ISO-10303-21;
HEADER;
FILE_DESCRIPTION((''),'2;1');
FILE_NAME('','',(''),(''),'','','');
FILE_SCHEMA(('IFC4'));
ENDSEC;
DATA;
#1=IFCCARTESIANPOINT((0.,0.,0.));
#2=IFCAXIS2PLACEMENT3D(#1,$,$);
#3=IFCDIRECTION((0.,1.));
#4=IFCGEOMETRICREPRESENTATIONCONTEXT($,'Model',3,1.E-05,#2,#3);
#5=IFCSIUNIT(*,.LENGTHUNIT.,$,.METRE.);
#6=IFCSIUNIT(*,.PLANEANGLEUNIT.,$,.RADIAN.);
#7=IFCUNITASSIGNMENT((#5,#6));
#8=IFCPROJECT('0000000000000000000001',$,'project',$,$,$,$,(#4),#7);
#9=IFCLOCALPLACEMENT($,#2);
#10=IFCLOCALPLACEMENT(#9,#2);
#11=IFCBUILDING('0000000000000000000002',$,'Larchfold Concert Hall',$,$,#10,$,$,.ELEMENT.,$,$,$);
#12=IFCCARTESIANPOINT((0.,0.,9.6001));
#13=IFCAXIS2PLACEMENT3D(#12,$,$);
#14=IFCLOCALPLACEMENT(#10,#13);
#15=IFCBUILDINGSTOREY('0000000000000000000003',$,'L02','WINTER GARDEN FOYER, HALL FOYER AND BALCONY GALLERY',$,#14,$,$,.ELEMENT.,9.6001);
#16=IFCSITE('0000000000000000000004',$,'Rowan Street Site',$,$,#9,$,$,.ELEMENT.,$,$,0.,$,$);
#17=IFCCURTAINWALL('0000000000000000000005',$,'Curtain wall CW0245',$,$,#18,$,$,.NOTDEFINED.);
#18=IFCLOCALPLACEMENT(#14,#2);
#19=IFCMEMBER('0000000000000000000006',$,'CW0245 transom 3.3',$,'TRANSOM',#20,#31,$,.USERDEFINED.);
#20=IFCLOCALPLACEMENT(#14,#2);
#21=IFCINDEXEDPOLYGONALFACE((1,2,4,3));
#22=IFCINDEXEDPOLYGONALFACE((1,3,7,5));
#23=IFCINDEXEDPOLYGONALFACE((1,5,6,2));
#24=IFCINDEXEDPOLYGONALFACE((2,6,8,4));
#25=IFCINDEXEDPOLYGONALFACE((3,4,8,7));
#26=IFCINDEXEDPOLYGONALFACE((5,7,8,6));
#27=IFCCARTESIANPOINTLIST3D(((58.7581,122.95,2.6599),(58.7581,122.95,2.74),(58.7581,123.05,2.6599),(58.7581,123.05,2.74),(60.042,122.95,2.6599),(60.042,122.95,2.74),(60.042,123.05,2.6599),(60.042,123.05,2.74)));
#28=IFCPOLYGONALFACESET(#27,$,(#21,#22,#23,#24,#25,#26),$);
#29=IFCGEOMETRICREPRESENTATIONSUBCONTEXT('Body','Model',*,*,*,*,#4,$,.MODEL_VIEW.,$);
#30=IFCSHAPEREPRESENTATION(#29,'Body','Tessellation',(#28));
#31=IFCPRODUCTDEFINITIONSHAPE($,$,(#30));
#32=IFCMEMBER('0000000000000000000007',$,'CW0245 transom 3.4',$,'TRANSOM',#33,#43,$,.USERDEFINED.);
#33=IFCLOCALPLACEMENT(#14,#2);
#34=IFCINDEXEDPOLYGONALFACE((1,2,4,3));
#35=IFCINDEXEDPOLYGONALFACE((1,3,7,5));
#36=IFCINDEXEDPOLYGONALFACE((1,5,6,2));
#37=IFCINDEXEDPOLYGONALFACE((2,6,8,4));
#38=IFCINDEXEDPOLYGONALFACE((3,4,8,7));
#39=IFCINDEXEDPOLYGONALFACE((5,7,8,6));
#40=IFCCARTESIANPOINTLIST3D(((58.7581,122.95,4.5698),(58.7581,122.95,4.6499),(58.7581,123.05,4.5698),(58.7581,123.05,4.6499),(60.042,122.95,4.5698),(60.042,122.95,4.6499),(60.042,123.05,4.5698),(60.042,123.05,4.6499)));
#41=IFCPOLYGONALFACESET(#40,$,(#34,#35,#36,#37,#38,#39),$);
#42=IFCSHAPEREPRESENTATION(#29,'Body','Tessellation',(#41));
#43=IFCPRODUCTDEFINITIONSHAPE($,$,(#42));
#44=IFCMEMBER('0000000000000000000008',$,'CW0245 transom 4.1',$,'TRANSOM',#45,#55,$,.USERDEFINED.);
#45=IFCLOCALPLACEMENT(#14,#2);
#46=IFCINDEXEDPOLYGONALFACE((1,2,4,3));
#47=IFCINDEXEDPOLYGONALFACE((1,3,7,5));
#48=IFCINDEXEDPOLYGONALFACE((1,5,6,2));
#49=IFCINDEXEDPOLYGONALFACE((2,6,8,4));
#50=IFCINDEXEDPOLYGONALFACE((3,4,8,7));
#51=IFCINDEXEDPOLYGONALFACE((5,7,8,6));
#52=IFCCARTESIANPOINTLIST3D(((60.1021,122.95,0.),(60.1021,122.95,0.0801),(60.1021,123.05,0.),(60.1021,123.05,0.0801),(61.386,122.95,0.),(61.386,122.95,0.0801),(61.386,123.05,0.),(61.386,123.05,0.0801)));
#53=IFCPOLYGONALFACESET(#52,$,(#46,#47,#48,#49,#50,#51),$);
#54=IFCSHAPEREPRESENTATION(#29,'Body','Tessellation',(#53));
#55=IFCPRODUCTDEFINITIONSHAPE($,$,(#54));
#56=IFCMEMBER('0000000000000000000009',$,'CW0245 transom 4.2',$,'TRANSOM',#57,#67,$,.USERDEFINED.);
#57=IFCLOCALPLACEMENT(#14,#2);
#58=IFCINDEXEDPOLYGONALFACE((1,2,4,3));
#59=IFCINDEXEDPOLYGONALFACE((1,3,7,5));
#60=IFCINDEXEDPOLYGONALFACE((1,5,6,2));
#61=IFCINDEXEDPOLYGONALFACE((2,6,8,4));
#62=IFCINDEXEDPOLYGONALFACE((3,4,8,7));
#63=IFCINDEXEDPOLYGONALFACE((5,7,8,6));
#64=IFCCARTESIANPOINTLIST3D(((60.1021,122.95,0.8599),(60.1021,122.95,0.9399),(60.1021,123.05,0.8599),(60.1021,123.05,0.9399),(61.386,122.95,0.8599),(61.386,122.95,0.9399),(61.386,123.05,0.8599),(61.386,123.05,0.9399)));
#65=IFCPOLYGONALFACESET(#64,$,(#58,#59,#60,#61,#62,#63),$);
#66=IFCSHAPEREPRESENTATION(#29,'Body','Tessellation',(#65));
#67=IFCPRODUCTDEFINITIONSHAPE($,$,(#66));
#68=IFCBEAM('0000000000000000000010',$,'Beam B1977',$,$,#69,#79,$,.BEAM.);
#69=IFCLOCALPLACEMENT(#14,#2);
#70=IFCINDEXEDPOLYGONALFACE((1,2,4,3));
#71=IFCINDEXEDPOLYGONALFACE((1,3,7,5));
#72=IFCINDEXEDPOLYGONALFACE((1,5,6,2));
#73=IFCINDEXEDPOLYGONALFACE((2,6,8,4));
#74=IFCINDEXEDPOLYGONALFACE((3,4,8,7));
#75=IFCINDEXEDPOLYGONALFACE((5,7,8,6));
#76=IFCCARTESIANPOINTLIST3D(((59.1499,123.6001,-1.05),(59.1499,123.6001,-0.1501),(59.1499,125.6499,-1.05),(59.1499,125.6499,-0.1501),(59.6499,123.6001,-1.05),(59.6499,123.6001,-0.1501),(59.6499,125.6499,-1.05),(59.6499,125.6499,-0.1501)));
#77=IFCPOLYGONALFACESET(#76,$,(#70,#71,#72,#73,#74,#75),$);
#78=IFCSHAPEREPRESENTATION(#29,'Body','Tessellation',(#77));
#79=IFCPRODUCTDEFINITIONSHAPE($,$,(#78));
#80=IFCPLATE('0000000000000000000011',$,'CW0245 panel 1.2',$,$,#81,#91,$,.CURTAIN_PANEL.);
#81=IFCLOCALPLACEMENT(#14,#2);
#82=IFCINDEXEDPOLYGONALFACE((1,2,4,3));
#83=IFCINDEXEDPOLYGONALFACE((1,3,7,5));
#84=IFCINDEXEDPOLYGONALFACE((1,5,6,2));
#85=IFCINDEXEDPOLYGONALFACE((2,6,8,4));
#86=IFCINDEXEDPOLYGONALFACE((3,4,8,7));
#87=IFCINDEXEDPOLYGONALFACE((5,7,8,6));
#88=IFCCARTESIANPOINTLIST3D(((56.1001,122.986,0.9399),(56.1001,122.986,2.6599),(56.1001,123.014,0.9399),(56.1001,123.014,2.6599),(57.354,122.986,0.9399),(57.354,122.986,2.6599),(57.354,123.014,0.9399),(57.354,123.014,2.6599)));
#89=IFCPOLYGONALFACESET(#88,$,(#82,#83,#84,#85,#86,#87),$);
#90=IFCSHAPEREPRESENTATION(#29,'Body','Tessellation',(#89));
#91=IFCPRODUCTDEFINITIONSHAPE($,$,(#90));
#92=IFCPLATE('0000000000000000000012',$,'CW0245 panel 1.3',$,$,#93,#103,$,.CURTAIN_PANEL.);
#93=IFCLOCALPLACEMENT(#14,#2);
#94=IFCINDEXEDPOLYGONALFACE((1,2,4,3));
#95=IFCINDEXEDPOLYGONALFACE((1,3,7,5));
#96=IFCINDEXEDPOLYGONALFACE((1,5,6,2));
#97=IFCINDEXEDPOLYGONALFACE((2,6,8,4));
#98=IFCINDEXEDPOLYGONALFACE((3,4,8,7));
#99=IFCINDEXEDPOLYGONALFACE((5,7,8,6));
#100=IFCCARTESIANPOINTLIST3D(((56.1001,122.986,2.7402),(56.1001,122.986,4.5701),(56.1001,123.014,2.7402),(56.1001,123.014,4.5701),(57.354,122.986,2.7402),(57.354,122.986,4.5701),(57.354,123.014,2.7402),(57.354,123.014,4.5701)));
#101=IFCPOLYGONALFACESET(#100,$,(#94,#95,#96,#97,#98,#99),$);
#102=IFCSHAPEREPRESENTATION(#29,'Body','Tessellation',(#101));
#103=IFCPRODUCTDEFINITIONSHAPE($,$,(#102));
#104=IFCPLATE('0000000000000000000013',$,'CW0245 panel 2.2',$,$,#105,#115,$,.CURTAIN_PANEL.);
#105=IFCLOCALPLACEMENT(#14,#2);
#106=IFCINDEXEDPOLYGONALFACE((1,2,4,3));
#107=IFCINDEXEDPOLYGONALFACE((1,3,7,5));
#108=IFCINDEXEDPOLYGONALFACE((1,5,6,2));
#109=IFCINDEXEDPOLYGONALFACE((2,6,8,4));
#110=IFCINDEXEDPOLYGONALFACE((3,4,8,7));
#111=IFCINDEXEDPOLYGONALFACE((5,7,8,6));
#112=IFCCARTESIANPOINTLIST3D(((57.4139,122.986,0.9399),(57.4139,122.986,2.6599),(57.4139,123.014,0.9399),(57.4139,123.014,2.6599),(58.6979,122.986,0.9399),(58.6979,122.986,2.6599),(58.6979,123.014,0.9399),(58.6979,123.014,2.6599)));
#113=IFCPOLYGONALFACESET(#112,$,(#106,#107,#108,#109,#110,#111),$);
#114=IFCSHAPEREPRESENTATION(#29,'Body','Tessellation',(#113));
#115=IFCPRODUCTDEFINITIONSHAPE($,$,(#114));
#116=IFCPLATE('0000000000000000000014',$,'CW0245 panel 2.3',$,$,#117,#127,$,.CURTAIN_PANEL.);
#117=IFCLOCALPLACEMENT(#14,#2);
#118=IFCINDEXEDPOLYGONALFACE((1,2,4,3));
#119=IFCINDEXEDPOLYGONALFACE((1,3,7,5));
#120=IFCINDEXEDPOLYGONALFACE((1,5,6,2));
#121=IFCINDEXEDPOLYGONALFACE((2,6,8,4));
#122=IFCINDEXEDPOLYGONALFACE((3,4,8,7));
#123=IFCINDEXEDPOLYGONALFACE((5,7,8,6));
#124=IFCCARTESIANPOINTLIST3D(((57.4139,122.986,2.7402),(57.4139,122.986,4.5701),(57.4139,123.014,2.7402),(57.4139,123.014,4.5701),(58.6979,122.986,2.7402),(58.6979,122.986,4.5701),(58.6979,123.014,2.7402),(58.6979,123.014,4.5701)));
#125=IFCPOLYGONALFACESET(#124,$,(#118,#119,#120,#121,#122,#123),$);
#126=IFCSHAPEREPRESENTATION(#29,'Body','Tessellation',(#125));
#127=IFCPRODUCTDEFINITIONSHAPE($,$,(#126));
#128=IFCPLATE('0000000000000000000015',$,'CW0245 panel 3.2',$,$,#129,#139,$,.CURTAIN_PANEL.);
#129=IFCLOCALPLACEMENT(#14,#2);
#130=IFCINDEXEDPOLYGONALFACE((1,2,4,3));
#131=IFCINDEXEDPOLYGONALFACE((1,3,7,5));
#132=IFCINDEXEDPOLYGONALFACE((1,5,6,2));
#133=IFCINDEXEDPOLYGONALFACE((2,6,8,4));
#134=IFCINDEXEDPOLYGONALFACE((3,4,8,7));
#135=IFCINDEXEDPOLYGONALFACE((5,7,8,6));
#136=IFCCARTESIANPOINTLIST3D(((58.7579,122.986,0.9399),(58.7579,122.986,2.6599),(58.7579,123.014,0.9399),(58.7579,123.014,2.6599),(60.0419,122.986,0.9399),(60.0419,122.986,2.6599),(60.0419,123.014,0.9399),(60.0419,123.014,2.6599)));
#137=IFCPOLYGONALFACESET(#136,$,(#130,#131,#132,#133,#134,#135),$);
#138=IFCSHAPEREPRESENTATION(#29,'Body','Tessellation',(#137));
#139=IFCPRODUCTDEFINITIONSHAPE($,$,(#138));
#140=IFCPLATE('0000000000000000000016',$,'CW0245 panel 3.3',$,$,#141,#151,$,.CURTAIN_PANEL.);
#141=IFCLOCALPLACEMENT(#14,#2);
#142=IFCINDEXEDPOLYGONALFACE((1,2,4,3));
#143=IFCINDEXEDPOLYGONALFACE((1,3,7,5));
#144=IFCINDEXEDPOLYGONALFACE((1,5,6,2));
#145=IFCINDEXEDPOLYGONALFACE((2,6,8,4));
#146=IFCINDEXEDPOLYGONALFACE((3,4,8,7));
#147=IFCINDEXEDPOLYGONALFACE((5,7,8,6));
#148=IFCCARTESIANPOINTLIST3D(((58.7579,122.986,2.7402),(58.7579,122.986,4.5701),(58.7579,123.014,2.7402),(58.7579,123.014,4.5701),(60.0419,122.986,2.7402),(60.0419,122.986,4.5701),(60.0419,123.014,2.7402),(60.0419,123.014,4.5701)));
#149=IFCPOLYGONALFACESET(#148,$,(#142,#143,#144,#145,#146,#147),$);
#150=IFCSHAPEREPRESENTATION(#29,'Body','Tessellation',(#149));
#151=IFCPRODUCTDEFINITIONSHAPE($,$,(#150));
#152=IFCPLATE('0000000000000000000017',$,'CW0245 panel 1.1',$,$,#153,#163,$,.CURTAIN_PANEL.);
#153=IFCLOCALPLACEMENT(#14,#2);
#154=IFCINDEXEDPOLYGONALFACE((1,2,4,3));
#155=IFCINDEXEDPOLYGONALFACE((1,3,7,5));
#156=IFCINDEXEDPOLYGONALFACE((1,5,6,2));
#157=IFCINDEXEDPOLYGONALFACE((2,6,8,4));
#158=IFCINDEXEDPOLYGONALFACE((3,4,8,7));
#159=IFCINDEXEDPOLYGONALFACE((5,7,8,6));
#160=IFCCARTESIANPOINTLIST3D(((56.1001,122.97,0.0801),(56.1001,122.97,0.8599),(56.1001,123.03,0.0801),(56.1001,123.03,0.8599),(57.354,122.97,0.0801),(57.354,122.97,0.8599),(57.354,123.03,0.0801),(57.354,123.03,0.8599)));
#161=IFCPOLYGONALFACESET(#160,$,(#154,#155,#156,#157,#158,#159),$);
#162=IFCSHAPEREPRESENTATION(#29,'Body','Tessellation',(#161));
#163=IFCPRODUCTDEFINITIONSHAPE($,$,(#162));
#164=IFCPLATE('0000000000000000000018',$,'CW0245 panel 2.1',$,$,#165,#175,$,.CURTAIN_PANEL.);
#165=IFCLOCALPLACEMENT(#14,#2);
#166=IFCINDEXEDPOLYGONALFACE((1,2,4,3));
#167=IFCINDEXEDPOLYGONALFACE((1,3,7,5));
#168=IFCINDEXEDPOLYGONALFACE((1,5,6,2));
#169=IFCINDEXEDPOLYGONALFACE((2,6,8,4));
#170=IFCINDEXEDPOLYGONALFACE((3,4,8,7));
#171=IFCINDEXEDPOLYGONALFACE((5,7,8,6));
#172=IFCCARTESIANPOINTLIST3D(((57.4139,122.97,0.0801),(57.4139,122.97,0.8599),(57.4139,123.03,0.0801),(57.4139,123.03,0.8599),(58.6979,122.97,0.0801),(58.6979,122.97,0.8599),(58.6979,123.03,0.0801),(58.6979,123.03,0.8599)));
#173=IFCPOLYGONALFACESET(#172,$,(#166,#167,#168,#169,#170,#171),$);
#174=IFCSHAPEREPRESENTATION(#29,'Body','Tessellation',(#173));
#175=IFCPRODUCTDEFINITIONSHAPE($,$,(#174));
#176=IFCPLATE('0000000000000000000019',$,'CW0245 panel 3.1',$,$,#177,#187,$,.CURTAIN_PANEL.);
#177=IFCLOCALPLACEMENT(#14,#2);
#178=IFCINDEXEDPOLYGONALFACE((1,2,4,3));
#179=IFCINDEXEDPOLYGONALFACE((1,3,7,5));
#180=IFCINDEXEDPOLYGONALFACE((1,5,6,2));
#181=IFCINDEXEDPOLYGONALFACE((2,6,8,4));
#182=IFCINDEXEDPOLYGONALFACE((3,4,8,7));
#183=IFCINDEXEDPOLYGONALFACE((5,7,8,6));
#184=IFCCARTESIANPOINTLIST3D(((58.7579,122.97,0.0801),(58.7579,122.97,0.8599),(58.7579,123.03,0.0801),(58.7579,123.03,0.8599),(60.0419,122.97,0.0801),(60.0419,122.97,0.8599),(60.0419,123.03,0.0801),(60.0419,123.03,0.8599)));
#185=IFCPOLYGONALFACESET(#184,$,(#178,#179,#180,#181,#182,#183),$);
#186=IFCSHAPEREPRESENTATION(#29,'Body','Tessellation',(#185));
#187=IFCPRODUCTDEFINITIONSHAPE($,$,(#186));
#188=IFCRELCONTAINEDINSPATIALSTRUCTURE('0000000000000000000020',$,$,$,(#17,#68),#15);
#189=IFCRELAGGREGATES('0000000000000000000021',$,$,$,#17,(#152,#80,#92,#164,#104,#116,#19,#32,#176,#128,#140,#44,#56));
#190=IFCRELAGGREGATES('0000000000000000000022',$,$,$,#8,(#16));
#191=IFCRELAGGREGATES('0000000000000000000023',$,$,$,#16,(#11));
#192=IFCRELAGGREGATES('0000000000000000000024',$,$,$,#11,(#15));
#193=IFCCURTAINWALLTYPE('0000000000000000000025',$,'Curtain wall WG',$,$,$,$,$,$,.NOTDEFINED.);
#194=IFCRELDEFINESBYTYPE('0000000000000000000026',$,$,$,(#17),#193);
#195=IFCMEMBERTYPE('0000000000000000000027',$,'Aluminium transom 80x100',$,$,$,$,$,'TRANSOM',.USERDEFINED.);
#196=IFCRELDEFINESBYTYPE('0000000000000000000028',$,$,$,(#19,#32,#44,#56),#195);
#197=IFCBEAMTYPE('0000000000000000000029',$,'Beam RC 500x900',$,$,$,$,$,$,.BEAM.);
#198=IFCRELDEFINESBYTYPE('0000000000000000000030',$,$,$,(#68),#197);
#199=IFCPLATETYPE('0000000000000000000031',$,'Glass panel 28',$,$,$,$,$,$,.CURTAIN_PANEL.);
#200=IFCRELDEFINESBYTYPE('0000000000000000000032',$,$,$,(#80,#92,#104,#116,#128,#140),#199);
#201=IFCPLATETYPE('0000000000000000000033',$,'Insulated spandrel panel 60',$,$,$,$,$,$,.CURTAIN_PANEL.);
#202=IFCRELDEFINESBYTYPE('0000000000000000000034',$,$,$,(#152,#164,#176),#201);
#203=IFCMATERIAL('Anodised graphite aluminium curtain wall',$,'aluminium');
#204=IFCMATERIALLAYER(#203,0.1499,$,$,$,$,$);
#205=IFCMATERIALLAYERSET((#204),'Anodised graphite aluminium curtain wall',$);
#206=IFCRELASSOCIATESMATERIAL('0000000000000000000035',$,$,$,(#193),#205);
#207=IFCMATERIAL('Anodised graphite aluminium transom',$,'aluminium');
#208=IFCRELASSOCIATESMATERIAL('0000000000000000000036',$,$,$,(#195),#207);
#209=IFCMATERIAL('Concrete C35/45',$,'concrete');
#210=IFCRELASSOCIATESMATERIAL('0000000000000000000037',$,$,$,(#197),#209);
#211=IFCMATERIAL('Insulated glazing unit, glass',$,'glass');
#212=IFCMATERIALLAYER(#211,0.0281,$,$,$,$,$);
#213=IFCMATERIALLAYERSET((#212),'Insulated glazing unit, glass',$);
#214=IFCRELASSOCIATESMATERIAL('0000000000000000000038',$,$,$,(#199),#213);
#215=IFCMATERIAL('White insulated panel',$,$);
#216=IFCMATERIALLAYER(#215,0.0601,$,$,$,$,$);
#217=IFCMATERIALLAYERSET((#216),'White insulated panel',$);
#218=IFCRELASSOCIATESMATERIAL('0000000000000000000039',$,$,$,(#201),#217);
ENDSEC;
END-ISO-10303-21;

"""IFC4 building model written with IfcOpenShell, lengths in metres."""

from ifc_helpers import new_model, si_unit, direction, frame, origin, origin_2d, place, context, subcontext, project, spatial, rectangle, extrude, material, layer, layer_set, material_profile, profile_set, type_object, element, aggregate, save


model = new_model("IFC4")

# Units and contexts
model_context = context("Model", 3, precision=1e-05, world=origin(), true_north=direction((0.0, 1.0)))
body_context = subcontext(model_context, "Body", "Model", "MODEL_VIEW")
ifc_project = project(units=[si_unit("LENGTHUNIT", "METRE"), si_unit("PLANEANGLEUNIT", "RADIAN")], contexts=[model_context])

# Site, building, storey
site_placement = place(None, origin())
site = spatial("IfcSite", under=ifc_project, at=site_placement, Name="Rowan Street Site", CompositionType="ELEMENT", RefElevation=0.0)
building_placement = place(site_placement, origin())
building = spatial("IfcBuilding", under=site, at=building_placement, Name="Larchfold Concert Hall", CompositionType="ELEMENT")
storey_placement = place(building_placement, frame((0.0, 0.0, 9.6001)))
storey = spatial("IfcBuildingStorey", under=building, at=storey_placement, Name="L02", Description="WINTER GARDEN FOYER, HALL FOYER AND BALCONY GALLERY", CompositionType="ELEMENT", Elevation=9.6001)

# Shared definitions
ifc_material_1 = material(Name="Anodised graphite aluminium curtain wall", Category="aluminium")
ifc_layer_1 = layer(ifc_material_1, 0.1499)
ifc_layer_set_1 = layer_set([ifc_layer_1], Name="Anodised graphite aluminium curtain wall")
curtain_wall_type = type_object("IfcCurtainWallType", Name="Curtain wall WG", PredefinedType="NOTDEFINED", material=ifc_layer_set_1)

# Curtain wall, members
curtain_wall_1_placement = place(storey_placement, origin())
curtain_wall_1 = element("IfcCurtainWall", 1, at=curtain_wall_1_placement, inside=storey, type_object=curtain_wall_type, Name="Curtain wall CW0245", PredefinedType="NOTDEFINED")
ifc_material_2 = material(Name="Anodised graphite aluminium transom", Category="aluminium")
ifc_material_profile_1 = material_profile(ifc_material_2, rectangle(XDim=0.1001, YDim=0.0801, at=origin_2d()))
ifc_profile_set_1 = profile_set([ifc_material_profile_1], Name="Anodised graphite aluminium transom")
member_type_1 = type_object("IfcMemberType", Name="Aluminium transom 80x100", ElementType="TRANSOM", PredefinedType="USERDEFINED", material=ifc_profile_set_1)
member_1_placement = place(storey_placement, frame((58.7581, 123.0, 2.7), z_axis=(1.0, 0.0, 0.0), x_axis=(0.0, 1.0, 0.0)))
member_1 = element("IfcMember", 2, at=member_1_placement, type_object=member_type_1, Name="CW0245 transom 3.3", ObjectType="TRANSOM", PredefinedType="USERDEFINED", context=body_context, shape_type="SweptSolid", body=[
    extrude(rectangle(XDim=0.1001, YDim=0.0801, at=origin_2d()), origin(), (0.0, 0.0, 1.0), 1.2839),
])
member_2_placement = place(storey_placement, frame((58.7581, 123.0, 4.6099), z_axis=(1.0, 0.0, 0.0), x_axis=(0.0, 1.0, 0.0)))
member_2 = element("IfcMember", 3, at=member_2_placement, type_object=member_type_1, Name="CW0245 transom 3.4", ObjectType="TRANSOM", PredefinedType="USERDEFINED", context=body_context, shape_type="SweptSolid", body=[
    extrude(rectangle(XDim=0.1001, YDim=0.0801, at=origin_2d()), origin(), (0.0, 0.0, 1.0), 1.2839),
])
member_3_placement = place(storey_placement, frame((60.1021, 123.0, 0.04), z_axis=(1.0, 0.0, 0.0), x_axis=(0.0, 1.0, 0.0)))
member_3 = element("IfcMember", 4, at=member_3_placement, type_object=member_type_1, Name="CW0245 transom 4.1", ObjectType="TRANSOM", PredefinedType="USERDEFINED", context=body_context, shape_type="SweptSolid", body=[
    extrude(rectangle(XDim=0.1001, YDim=0.0801, at=origin_2d()), origin(), (0.0, 0.0, 1.0), 1.2839),
])
member_4_placement = place(storey_placement, frame((60.1021, 123.0, 0.8999), z_axis=(1.0, 0.0, 0.0), x_axis=(0.0, 1.0, 0.0)))
member_4 = element("IfcMember", 5, at=member_4_placement, type_object=member_type_1, Name="CW0245 transom 4.2", ObjectType="TRANSOM", PredefinedType="USERDEFINED", context=body_context, shape_type="SweptSolid", body=[
    extrude(rectangle(XDim=0.1001, YDim=0.0801, at=origin_2d()), origin(), (0.0, 0.0, 1.0), 1.2839),
])

# Beam
ifc_material_3 = material(Name="Concrete C35/45", Category="concrete")
ifc_material_profile_2 = material_profile(ifc_material_3, rectangle(XDim=0.5, YDim=0.8999, at=origin_2d()))
ifc_profile_set_2 = profile_set([ifc_material_profile_2], Name="Concrete C35/45")
beam_type = type_object("IfcBeamType", Name="Beam RC 500x900", PredefinedType="BEAM", material=ifc_profile_set_2)
beam_placement = place(storey_placement, frame((59.3999, 123.6001, -0.6001), z_axis=(0.0, 1.0, 0.0), x_axis=(-1.0, 0.0, 0.0)))
element("IfcBeam", 6, at=beam_placement, inside=storey, type_object=beam_type, Name="Beam B1977", PredefinedType="BEAM", context=body_context, shape_type="SweptSolid", body=[
    extrude(rectangle(XDim=0.5, YDim=0.8999, at=origin_2d()), origin(), (0.0, 0.0, 1.0), 2.0498),
])

# Plates
ifc_material_4 = material(Name="Insulated glazing unit, glass", Category="glass")
ifc_layer_2 = layer(ifc_material_4, 0.0281)
ifc_layer_set_2 = layer_set([ifc_layer_2], Name="Insulated glazing unit, glass")
plate_type_1 = type_object("IfcPlateType", Name="Glass panel 28", PredefinedType="CURTAIN_PANEL", material=ifc_layer_set_2)
plate_1_placement = place(storey_placement, frame((56.7271, 123.0, 0.9399), z_axis=(0.0, 0.0, 1.0), x_axis=(1.0, 0.0, 0.0)))
plate_1 = element("IfcPlate", 7, at=plate_1_placement, type_object=plate_type_1, Name="CW0245 panel 1.2", PredefinedType="CURTAIN_PANEL", context=body_context, shape_type="SweptSolid", body=[
    extrude(rectangle(XDim=1.2539, YDim=0.0281, at=origin_2d()), origin(), (0.0, 0.0, 1.0), 1.72),
])
plate_2_placement = place(storey_placement, frame((56.7271, 123.0, 2.7402), z_axis=(0.0, 0.0, 1.0), x_axis=(1.0, 0.0, 0.0)))
plate_2 = element("IfcPlate", 8, at=plate_2_placement, type_object=plate_type_1, Name="CW0245 panel 1.3", PredefinedType="CURTAIN_PANEL", context=body_context, shape_type="SweptSolid", body=[
    extrude(rectangle(XDim=1.2539, YDim=0.0281, at=origin_2d()), origin(), (0.0, 0.0, 1.0), 1.8298),
])
plate_3_placement = place(storey_placement, frame((58.0559, 123.0, 0.9399), z_axis=(0.0, 0.0, 1.0), x_axis=(1.0, 0.0, 0.0)))
plate_3 = element("IfcPlate", 9, at=plate_3_placement, type_object=plate_type_1, Name="CW0245 panel 2.2", PredefinedType="CURTAIN_PANEL", context=body_context, shape_type="SweptSolid", body=[
    extrude(rectangle(XDim=1.2839, YDim=0.0281, at=origin_2d()), origin(), (0.0, 0.0, 1.0), 1.72),
])
plate_4_placement = place(storey_placement, frame((58.0559, 123.0, 2.7402), z_axis=(0.0, 0.0, 1.0), x_axis=(1.0, 0.0, 0.0)))
plate_4 = element("IfcPlate", 10, at=plate_4_placement, type_object=plate_type_1, Name="CW0245 panel 2.3", PredefinedType="CURTAIN_PANEL", context=body_context, shape_type="SweptSolid", body=[
    extrude(rectangle(XDim=1.2839, YDim=0.0281, at=origin_2d()), origin(), (0.0, 0.0, 1.0), 1.8298),
])
plate_5_placement = place(storey_placement, frame((59.3999, 123.0, 0.9399), z_axis=(0.0, 0.0, 1.0), x_axis=(1.0, 0.0, 0.0)))
plate_5 = element("IfcPlate", 11, at=plate_5_placement, type_object=plate_type_1, Name="CW0245 panel 3.2", PredefinedType="CURTAIN_PANEL", context=body_context, shape_type="SweptSolid", body=[
    extrude(rectangle(XDim=1.2839, YDim=0.0281, at=origin_2d()), origin(), (0.0, 0.0, 1.0), 1.72),
])
plate_6_placement = place(storey_placement, frame((59.3999, 123.0, 2.7402), z_axis=(0.0, 0.0, 1.0), x_axis=(1.0, 0.0, 0.0)))
plate_6 = element("IfcPlate", 12, at=plate_6_placement, type_object=plate_type_1, Name="CW0245 panel 3.3", PredefinedType="CURTAIN_PANEL", context=body_context, shape_type="SweptSolid", body=[
    extrude(rectangle(XDim=1.2839, YDim=0.0281, at=origin_2d()), origin(), (0.0, 0.0, 1.0), 1.8298),
])
ifc_material_5 = material(Name="White insulated panel")
ifc_layer_3 = layer(ifc_material_5, 0.0601)
ifc_layer_set_3 = layer_set([ifc_layer_3], Name="White insulated panel")
plate_type_2 = type_object("IfcPlateType", Name="Insulated spandrel panel 60", PredefinedType="CURTAIN_PANEL", material=ifc_layer_set_3)
plate_7_placement = place(storey_placement, frame((56.7271, 123.0, 0.0801), z_axis=(0.0, 0.0, 1.0), x_axis=(1.0, 0.0, 0.0)))
plate_7 = element("IfcPlate", 13, at=plate_7_placement, type_object=plate_type_2, Name="CW0245 panel 1.1", PredefinedType="CURTAIN_PANEL", context=body_context, shape_type="SweptSolid", body=[
    extrude(rectangle(XDim=1.2539, YDim=0.0601, at=origin_2d()), origin(), (0.0, 0.0, 1.0), 0.7798),
])
plate_8_placement = place(storey_placement, frame((58.0559, 123.0, 0.0801), z_axis=(0.0, 0.0, 1.0), x_axis=(1.0, 0.0, 0.0)))
plate_8 = element("IfcPlate", 14, at=plate_8_placement, type_object=plate_type_2, Name="CW0245 panel 2.1", PredefinedType="CURTAIN_PANEL", context=body_context, shape_type="SweptSolid", body=[
    extrude(rectangle(XDim=1.2839, YDim=0.0601, at=origin_2d()), origin(), (0.0, 0.0, 1.0), 0.7798),
])
plate_9_placement = place(storey_placement, frame((59.3999, 123.0, 0.0801), z_axis=(0.0, 0.0, 1.0), x_axis=(1.0, 0.0, 0.0)))
plate_9 = element("IfcPlate", 15, at=plate_9_placement, type_object=plate_type_2, Name="CW0245 panel 3.1", PredefinedType="CURTAIN_PANEL", context=body_context, shape_type="SweptSolid", body=[
    extrude(rectangle(XDim=1.2839, YDim=0.0601, at=origin_2d()), origin(), (0.0, 0.0, 1.0), 0.7798),
])
aggregate(curtain_wall_1, [plate_7, plate_1, plate_2, plate_8, plate_3, plate_4, member_1, member_2, plate_9, plate_5, plate_6, member_3, member_4])

save(model, "model.ifc")
